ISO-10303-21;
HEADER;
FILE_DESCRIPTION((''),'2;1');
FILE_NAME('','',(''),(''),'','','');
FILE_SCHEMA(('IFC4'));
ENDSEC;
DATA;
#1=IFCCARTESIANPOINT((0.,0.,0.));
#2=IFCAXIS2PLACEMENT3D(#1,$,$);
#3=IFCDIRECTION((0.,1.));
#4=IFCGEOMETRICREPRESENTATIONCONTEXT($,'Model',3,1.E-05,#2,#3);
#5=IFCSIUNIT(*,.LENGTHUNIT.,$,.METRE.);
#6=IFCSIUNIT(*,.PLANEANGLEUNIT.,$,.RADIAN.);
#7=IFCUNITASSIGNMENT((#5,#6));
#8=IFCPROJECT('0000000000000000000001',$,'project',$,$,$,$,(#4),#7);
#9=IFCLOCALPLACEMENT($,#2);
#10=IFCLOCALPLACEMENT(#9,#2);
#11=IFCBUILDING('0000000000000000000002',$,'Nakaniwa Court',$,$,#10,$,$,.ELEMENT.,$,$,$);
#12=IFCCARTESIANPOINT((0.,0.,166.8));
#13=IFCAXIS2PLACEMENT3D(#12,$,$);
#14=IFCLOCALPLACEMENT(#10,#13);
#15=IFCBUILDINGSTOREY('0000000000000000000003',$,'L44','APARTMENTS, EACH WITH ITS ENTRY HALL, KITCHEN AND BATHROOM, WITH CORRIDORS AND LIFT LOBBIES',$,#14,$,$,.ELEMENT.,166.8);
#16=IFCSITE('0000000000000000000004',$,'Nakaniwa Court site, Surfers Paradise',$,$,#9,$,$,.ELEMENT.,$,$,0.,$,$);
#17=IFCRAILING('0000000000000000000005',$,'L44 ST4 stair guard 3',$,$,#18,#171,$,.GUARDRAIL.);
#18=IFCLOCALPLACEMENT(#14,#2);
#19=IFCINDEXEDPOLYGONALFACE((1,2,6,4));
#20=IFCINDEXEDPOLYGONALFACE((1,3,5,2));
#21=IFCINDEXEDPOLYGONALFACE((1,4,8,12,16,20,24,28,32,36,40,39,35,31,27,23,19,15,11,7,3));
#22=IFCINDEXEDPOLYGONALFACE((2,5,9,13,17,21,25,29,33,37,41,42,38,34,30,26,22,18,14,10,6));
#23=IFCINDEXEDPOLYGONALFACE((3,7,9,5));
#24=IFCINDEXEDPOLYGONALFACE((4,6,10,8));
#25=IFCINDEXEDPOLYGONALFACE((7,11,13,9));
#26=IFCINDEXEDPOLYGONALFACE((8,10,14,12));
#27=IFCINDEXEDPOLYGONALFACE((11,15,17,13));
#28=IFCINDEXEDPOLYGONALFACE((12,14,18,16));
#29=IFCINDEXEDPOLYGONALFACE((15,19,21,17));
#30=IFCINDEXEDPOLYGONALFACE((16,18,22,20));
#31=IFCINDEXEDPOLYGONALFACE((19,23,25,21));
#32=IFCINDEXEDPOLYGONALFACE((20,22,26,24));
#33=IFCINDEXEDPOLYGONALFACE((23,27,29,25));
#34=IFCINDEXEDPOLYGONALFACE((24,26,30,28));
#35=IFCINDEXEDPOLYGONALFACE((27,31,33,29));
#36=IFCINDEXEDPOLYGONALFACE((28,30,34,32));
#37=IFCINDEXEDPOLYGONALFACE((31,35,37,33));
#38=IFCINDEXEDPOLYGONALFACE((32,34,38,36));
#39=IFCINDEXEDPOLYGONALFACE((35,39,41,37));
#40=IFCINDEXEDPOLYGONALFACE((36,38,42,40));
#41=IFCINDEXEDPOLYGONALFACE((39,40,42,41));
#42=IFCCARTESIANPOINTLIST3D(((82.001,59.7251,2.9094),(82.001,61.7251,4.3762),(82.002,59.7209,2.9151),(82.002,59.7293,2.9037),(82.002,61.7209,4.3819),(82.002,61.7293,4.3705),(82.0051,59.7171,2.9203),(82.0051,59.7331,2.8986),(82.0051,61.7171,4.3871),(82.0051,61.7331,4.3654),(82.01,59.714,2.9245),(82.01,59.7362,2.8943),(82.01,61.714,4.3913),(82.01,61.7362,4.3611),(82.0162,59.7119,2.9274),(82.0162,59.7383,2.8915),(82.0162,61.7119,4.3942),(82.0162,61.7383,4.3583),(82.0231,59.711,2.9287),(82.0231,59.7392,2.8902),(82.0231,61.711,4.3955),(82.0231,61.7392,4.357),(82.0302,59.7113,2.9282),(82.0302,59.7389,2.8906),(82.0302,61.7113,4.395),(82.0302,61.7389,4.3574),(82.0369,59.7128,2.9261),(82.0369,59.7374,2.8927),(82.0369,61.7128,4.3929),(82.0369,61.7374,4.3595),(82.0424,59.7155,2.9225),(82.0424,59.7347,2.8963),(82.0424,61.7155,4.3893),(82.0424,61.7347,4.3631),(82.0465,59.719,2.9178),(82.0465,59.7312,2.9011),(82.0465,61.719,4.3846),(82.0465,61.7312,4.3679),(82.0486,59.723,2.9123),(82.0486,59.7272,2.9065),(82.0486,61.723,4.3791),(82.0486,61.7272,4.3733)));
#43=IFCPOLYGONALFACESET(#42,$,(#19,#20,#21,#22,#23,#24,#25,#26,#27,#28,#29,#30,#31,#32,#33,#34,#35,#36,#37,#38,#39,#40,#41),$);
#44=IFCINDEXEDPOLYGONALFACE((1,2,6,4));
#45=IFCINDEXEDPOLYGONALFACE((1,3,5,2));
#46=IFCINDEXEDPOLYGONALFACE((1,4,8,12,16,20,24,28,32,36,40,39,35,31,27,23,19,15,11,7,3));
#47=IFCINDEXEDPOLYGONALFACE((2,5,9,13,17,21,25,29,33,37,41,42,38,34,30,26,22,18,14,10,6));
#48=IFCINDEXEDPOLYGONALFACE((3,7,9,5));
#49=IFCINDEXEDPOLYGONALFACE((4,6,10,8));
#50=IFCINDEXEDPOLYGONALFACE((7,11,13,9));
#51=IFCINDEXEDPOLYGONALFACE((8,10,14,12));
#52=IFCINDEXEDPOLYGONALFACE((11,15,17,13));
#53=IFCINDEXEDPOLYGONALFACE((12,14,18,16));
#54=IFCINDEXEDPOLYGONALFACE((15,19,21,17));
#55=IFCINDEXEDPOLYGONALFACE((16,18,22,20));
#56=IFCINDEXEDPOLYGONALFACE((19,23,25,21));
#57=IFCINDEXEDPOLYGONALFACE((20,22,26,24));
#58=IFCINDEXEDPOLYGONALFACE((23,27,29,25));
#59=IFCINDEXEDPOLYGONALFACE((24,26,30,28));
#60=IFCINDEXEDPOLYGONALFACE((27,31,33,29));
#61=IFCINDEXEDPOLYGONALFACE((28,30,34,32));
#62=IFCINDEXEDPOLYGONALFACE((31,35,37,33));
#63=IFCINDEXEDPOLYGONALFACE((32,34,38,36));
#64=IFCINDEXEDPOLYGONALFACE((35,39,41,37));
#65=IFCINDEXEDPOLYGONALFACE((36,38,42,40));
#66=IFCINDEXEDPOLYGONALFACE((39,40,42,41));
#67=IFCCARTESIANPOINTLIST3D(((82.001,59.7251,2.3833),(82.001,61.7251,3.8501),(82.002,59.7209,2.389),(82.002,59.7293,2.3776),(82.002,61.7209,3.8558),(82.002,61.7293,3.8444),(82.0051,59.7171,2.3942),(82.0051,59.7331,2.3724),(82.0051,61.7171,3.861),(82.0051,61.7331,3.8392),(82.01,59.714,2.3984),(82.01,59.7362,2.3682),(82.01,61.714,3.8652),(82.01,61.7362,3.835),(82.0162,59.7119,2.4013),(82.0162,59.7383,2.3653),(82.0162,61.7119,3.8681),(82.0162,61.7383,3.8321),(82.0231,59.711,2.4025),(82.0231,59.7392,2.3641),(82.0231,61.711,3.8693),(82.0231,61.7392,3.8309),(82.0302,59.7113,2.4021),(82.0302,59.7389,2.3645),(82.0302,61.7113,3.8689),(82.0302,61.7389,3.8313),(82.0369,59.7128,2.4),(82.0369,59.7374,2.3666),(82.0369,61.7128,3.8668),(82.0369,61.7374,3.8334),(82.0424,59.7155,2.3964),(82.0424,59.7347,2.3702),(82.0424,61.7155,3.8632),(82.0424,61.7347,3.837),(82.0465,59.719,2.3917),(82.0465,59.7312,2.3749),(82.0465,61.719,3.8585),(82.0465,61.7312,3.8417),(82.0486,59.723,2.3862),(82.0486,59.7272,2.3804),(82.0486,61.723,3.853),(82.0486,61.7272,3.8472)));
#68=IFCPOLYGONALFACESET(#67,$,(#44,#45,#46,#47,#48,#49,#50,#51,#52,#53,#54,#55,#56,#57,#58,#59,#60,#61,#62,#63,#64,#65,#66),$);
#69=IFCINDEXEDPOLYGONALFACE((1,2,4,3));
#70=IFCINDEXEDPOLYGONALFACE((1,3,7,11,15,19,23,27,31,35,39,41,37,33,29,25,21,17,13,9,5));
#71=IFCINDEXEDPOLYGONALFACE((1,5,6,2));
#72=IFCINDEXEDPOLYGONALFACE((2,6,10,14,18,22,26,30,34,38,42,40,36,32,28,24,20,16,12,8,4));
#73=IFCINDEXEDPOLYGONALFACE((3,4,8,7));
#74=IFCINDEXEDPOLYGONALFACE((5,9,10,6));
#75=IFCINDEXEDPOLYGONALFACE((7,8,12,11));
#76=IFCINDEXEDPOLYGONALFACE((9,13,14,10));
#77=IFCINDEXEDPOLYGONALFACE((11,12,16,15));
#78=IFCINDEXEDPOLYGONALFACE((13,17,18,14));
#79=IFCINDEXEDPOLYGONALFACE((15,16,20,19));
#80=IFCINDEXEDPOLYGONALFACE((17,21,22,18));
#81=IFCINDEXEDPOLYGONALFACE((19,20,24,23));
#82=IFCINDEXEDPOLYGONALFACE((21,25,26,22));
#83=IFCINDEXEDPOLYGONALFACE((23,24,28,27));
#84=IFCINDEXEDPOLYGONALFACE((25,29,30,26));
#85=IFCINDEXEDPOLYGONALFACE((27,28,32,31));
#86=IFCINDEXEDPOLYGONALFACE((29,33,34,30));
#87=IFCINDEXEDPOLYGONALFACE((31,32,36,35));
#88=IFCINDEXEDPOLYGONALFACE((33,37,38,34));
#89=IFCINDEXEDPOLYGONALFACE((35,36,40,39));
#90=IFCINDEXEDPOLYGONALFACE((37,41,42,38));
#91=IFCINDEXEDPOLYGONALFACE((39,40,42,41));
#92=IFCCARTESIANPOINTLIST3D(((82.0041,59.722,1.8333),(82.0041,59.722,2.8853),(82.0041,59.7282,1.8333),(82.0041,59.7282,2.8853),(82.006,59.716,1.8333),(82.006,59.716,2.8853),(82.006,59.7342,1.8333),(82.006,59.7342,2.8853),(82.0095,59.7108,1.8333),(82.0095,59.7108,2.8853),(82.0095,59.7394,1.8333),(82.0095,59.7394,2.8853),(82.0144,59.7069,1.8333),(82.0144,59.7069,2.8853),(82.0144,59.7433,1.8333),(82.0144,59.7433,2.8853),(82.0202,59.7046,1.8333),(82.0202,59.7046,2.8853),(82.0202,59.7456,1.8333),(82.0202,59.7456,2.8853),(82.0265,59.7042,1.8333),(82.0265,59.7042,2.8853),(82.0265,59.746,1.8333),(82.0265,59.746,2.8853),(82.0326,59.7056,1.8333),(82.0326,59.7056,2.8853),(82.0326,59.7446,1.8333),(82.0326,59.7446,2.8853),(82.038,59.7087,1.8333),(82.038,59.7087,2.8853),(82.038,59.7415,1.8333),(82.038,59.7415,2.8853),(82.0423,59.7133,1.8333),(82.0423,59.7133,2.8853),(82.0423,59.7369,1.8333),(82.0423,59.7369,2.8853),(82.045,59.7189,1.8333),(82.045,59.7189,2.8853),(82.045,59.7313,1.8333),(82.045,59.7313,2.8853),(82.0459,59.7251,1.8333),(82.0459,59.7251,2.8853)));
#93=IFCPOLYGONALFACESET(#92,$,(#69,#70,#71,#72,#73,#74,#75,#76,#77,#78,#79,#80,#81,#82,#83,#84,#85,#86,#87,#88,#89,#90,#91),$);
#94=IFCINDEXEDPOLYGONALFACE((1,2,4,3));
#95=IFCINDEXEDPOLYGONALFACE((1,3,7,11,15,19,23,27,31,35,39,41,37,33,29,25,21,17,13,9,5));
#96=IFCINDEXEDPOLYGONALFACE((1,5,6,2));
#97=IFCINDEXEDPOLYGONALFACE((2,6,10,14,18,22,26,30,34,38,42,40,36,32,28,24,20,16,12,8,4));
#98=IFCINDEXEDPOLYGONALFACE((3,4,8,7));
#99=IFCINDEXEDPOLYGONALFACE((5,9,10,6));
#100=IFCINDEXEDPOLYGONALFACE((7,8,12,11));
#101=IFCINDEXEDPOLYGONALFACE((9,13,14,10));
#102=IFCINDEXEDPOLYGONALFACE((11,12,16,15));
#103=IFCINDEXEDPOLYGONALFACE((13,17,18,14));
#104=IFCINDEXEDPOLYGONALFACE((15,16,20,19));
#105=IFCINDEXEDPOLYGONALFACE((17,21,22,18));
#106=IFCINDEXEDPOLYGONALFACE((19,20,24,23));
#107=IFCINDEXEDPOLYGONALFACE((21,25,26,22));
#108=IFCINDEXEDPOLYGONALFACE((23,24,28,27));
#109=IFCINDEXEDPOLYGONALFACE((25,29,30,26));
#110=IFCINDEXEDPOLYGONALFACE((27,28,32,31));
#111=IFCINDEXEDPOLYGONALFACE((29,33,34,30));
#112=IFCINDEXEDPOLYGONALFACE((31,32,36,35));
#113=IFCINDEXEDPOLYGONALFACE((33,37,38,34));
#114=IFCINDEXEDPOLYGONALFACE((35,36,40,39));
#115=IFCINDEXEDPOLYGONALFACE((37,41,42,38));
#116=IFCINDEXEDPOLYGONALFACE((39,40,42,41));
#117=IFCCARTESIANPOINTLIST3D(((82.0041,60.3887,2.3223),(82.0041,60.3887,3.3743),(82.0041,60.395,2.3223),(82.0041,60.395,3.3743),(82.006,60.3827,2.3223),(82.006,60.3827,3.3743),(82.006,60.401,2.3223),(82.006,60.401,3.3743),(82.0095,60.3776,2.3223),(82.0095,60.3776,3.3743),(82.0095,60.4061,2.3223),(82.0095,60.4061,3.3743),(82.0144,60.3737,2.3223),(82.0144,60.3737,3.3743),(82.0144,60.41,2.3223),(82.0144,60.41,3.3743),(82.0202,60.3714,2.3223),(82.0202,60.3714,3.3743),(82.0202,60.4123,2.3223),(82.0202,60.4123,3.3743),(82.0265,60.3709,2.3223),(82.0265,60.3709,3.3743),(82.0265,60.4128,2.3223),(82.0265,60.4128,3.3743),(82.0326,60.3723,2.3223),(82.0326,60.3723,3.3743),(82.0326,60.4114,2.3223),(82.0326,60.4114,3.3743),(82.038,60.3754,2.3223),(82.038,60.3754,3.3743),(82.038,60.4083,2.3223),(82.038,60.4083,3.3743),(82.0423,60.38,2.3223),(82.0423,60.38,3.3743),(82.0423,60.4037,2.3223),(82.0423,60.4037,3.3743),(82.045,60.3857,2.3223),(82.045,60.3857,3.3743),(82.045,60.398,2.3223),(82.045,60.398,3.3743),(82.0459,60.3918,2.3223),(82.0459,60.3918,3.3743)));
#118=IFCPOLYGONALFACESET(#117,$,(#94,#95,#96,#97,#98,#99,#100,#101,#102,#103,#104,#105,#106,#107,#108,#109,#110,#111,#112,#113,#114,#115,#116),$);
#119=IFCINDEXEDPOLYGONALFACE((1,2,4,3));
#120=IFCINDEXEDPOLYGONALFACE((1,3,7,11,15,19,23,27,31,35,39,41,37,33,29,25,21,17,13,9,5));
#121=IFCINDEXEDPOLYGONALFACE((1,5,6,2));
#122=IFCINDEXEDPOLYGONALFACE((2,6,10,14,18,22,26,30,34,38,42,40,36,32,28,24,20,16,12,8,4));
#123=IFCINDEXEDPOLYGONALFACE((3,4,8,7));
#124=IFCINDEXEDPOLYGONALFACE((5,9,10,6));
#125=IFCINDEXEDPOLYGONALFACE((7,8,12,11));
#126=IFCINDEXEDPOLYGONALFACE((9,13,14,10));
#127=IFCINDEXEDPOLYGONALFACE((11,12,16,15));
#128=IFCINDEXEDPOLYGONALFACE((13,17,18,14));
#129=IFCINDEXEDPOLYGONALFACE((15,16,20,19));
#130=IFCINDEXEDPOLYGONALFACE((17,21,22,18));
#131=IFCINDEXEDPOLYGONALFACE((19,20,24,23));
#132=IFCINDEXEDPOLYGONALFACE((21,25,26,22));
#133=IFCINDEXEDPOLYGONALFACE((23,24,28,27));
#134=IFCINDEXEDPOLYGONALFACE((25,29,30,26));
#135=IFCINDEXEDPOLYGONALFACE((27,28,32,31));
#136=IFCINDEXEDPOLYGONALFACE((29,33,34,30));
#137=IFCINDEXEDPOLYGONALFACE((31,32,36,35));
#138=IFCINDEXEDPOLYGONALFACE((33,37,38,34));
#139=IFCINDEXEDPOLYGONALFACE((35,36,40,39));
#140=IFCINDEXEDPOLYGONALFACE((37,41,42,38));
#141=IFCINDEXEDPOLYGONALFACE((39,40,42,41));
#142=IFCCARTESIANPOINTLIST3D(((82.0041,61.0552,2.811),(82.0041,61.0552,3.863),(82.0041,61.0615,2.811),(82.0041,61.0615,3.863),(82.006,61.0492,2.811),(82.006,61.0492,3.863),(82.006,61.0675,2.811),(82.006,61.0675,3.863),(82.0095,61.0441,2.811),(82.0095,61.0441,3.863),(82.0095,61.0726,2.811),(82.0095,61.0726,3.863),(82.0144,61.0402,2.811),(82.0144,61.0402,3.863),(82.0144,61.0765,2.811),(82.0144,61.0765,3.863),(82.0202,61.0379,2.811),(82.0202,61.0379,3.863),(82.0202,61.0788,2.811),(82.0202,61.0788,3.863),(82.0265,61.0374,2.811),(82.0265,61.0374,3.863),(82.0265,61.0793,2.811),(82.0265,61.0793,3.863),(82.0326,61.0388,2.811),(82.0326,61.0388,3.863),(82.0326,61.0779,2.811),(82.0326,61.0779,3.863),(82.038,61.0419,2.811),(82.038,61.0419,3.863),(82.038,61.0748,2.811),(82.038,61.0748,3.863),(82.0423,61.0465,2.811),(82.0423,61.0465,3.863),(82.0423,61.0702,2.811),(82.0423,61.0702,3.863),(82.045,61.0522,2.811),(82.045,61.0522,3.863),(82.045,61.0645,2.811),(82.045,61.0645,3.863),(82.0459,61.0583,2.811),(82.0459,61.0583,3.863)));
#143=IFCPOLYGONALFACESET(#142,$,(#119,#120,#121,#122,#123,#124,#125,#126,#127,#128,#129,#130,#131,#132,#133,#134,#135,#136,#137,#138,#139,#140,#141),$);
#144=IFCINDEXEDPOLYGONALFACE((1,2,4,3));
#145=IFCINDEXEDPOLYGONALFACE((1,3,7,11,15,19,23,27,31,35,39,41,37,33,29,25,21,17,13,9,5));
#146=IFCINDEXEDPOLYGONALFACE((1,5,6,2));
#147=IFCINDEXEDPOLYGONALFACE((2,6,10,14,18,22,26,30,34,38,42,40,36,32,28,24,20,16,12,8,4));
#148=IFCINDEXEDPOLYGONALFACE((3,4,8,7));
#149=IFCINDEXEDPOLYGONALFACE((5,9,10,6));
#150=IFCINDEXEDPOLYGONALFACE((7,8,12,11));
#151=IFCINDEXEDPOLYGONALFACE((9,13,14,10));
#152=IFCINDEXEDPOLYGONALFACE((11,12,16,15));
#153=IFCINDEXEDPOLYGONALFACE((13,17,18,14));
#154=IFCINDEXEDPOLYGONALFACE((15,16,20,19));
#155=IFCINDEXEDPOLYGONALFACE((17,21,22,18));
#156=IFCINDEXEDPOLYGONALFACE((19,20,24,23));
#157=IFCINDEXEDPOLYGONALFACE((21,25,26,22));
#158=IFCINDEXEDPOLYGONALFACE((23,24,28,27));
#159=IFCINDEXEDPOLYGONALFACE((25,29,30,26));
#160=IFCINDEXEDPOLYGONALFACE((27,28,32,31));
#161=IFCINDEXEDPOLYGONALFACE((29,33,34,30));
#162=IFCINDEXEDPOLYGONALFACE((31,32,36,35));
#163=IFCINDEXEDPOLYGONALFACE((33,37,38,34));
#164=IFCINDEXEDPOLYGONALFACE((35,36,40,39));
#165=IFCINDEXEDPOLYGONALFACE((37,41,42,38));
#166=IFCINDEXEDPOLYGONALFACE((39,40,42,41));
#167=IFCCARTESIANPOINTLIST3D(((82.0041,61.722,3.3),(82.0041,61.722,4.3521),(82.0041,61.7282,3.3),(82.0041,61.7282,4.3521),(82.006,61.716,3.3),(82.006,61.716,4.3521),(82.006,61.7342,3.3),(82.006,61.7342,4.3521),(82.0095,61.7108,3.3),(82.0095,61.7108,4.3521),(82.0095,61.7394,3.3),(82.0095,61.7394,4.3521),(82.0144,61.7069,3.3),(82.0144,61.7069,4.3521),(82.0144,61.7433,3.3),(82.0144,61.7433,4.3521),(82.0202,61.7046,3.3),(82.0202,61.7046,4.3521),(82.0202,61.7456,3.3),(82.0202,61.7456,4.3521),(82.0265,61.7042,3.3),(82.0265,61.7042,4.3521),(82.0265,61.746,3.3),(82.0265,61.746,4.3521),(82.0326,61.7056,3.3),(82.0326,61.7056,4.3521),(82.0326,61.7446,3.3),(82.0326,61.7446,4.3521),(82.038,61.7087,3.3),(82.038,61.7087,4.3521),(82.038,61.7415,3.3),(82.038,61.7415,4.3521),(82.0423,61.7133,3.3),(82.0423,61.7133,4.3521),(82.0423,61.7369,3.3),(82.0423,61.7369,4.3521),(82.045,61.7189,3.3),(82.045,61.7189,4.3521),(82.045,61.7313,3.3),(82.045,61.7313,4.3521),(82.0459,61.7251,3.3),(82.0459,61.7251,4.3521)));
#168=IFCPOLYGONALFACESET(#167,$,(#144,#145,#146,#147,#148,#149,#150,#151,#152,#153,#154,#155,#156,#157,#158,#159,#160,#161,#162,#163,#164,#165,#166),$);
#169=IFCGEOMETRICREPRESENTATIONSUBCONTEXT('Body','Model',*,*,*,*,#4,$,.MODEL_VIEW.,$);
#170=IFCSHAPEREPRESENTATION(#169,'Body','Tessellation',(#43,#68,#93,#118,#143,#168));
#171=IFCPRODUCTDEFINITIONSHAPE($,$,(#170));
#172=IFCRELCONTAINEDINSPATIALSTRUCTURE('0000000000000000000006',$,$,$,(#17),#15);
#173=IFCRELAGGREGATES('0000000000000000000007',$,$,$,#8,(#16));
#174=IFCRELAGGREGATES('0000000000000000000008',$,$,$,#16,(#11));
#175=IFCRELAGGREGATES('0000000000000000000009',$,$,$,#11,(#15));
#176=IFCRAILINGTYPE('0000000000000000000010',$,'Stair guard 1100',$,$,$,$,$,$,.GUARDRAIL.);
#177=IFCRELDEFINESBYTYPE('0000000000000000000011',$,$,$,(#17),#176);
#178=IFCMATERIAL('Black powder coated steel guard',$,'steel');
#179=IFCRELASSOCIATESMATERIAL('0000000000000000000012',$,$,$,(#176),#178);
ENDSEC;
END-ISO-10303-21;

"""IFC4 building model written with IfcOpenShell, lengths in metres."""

from ifc_helpers import new_model, si_unit, direction, frame, origin, origin_2d, place, context, subcontext, project, spatial, circle, extrude, material, type_object, element, save


model = new_model("IFC4")

# Units and contexts
model_context = context("Model", 3, precision=1e-05, world=origin(), true_north=direction((0.0, 1.0)))
body_context = subcontext(model_context, "Body", "Model", "MODEL_VIEW")
ifc_project = project(units=[si_unit("LENGTHUNIT", "METRE"), si_unit("PLANEANGLEUNIT", "RADIAN")], contexts=[model_context])

# Site, building, storey
site_placement = place(None, origin())
site = spatial("IfcSite", under=ifc_project, at=site_placement, Name="Nakaniwa Court site, Surfers Paradise", CompositionType="ELEMENT", RefElevation=0.0)
building_placement = place(site_placement, origin())
building = spatial("IfcBuilding", under=site, at=building_placement, Name="Nakaniwa Court", CompositionType="ELEMENT")
storey_placement = place(building_placement, frame((0.0, 0.0, 166.8)))
storey = spatial("IfcBuildingStorey", under=building, at=storey_placement, Name="L44", Description="APARTMENTS, EACH WITH ITS ENTRY HALL, KITCHEN AND BATHROOM, WITH CORRIDORS AND LIFT LOBBIES", CompositionType="ELEMENT", Elevation=166.8)

# Railing
ifc_material_1 = material(Name="Black powder coated steel guard", Category="steel")
railing_type_1 = type_object("IfcRailingType", Name="Stair guard 1100", PredefinedType="GUARDRAIL", material=ifc_material_1)
railing_1_placement = place(storey_placement, frame((82.0249, 59.7251, 1.8333)))
element("IfcRailing", 1, at=railing_1_placement, inside=storey, type_object=railing_type_1, Name="L44 ST4 stair guard 3", PredefinedType="GUARDRAIL", context=body_context, shape_type="SweptSolid", body=[
    extrude(circle(Radius=0.0239, at=origin_2d()), frame((0.0, 0.0, 1.0762), z_axis=(0.0, 0.80638, 0.591398), x_axis=(-1.0, 0.0, 0.0)), (0.0, 0.0, 1.0), 2.4802),
    extrude(circle(Radius=0.0239, at=origin_2d()), frame((0.0, 0.0, 0.55), z_axis=(0.0, 0.80638, 0.591398), x_axis=(-1.0, 0.0, 0.0)), (0.0, 0.0, 1.0), 2.4802),
    extrude(circle(Radius=0.021, at=origin_2d()), origin(), (0.0, 0.0, 1.0), 1.052),
    extrude(circle(Radius=0.021, at=origin_2d()), frame((0.0, 0.6667, 0.489)), (0.0, 0.0, 1.0), 1.052),
    extrude(circle(Radius=0.021, at=origin_2d()), frame((0.0, 1.3333, 0.9778)), (0.0, 0.0, 1.0), 1.052),
    extrude(circle(Radius=0.021, at=origin_2d()), frame((0.0, 2.0, 1.4668)), (0.0, 0.0, 1.0), 1.052),
])

save(model, "model.ifc")
